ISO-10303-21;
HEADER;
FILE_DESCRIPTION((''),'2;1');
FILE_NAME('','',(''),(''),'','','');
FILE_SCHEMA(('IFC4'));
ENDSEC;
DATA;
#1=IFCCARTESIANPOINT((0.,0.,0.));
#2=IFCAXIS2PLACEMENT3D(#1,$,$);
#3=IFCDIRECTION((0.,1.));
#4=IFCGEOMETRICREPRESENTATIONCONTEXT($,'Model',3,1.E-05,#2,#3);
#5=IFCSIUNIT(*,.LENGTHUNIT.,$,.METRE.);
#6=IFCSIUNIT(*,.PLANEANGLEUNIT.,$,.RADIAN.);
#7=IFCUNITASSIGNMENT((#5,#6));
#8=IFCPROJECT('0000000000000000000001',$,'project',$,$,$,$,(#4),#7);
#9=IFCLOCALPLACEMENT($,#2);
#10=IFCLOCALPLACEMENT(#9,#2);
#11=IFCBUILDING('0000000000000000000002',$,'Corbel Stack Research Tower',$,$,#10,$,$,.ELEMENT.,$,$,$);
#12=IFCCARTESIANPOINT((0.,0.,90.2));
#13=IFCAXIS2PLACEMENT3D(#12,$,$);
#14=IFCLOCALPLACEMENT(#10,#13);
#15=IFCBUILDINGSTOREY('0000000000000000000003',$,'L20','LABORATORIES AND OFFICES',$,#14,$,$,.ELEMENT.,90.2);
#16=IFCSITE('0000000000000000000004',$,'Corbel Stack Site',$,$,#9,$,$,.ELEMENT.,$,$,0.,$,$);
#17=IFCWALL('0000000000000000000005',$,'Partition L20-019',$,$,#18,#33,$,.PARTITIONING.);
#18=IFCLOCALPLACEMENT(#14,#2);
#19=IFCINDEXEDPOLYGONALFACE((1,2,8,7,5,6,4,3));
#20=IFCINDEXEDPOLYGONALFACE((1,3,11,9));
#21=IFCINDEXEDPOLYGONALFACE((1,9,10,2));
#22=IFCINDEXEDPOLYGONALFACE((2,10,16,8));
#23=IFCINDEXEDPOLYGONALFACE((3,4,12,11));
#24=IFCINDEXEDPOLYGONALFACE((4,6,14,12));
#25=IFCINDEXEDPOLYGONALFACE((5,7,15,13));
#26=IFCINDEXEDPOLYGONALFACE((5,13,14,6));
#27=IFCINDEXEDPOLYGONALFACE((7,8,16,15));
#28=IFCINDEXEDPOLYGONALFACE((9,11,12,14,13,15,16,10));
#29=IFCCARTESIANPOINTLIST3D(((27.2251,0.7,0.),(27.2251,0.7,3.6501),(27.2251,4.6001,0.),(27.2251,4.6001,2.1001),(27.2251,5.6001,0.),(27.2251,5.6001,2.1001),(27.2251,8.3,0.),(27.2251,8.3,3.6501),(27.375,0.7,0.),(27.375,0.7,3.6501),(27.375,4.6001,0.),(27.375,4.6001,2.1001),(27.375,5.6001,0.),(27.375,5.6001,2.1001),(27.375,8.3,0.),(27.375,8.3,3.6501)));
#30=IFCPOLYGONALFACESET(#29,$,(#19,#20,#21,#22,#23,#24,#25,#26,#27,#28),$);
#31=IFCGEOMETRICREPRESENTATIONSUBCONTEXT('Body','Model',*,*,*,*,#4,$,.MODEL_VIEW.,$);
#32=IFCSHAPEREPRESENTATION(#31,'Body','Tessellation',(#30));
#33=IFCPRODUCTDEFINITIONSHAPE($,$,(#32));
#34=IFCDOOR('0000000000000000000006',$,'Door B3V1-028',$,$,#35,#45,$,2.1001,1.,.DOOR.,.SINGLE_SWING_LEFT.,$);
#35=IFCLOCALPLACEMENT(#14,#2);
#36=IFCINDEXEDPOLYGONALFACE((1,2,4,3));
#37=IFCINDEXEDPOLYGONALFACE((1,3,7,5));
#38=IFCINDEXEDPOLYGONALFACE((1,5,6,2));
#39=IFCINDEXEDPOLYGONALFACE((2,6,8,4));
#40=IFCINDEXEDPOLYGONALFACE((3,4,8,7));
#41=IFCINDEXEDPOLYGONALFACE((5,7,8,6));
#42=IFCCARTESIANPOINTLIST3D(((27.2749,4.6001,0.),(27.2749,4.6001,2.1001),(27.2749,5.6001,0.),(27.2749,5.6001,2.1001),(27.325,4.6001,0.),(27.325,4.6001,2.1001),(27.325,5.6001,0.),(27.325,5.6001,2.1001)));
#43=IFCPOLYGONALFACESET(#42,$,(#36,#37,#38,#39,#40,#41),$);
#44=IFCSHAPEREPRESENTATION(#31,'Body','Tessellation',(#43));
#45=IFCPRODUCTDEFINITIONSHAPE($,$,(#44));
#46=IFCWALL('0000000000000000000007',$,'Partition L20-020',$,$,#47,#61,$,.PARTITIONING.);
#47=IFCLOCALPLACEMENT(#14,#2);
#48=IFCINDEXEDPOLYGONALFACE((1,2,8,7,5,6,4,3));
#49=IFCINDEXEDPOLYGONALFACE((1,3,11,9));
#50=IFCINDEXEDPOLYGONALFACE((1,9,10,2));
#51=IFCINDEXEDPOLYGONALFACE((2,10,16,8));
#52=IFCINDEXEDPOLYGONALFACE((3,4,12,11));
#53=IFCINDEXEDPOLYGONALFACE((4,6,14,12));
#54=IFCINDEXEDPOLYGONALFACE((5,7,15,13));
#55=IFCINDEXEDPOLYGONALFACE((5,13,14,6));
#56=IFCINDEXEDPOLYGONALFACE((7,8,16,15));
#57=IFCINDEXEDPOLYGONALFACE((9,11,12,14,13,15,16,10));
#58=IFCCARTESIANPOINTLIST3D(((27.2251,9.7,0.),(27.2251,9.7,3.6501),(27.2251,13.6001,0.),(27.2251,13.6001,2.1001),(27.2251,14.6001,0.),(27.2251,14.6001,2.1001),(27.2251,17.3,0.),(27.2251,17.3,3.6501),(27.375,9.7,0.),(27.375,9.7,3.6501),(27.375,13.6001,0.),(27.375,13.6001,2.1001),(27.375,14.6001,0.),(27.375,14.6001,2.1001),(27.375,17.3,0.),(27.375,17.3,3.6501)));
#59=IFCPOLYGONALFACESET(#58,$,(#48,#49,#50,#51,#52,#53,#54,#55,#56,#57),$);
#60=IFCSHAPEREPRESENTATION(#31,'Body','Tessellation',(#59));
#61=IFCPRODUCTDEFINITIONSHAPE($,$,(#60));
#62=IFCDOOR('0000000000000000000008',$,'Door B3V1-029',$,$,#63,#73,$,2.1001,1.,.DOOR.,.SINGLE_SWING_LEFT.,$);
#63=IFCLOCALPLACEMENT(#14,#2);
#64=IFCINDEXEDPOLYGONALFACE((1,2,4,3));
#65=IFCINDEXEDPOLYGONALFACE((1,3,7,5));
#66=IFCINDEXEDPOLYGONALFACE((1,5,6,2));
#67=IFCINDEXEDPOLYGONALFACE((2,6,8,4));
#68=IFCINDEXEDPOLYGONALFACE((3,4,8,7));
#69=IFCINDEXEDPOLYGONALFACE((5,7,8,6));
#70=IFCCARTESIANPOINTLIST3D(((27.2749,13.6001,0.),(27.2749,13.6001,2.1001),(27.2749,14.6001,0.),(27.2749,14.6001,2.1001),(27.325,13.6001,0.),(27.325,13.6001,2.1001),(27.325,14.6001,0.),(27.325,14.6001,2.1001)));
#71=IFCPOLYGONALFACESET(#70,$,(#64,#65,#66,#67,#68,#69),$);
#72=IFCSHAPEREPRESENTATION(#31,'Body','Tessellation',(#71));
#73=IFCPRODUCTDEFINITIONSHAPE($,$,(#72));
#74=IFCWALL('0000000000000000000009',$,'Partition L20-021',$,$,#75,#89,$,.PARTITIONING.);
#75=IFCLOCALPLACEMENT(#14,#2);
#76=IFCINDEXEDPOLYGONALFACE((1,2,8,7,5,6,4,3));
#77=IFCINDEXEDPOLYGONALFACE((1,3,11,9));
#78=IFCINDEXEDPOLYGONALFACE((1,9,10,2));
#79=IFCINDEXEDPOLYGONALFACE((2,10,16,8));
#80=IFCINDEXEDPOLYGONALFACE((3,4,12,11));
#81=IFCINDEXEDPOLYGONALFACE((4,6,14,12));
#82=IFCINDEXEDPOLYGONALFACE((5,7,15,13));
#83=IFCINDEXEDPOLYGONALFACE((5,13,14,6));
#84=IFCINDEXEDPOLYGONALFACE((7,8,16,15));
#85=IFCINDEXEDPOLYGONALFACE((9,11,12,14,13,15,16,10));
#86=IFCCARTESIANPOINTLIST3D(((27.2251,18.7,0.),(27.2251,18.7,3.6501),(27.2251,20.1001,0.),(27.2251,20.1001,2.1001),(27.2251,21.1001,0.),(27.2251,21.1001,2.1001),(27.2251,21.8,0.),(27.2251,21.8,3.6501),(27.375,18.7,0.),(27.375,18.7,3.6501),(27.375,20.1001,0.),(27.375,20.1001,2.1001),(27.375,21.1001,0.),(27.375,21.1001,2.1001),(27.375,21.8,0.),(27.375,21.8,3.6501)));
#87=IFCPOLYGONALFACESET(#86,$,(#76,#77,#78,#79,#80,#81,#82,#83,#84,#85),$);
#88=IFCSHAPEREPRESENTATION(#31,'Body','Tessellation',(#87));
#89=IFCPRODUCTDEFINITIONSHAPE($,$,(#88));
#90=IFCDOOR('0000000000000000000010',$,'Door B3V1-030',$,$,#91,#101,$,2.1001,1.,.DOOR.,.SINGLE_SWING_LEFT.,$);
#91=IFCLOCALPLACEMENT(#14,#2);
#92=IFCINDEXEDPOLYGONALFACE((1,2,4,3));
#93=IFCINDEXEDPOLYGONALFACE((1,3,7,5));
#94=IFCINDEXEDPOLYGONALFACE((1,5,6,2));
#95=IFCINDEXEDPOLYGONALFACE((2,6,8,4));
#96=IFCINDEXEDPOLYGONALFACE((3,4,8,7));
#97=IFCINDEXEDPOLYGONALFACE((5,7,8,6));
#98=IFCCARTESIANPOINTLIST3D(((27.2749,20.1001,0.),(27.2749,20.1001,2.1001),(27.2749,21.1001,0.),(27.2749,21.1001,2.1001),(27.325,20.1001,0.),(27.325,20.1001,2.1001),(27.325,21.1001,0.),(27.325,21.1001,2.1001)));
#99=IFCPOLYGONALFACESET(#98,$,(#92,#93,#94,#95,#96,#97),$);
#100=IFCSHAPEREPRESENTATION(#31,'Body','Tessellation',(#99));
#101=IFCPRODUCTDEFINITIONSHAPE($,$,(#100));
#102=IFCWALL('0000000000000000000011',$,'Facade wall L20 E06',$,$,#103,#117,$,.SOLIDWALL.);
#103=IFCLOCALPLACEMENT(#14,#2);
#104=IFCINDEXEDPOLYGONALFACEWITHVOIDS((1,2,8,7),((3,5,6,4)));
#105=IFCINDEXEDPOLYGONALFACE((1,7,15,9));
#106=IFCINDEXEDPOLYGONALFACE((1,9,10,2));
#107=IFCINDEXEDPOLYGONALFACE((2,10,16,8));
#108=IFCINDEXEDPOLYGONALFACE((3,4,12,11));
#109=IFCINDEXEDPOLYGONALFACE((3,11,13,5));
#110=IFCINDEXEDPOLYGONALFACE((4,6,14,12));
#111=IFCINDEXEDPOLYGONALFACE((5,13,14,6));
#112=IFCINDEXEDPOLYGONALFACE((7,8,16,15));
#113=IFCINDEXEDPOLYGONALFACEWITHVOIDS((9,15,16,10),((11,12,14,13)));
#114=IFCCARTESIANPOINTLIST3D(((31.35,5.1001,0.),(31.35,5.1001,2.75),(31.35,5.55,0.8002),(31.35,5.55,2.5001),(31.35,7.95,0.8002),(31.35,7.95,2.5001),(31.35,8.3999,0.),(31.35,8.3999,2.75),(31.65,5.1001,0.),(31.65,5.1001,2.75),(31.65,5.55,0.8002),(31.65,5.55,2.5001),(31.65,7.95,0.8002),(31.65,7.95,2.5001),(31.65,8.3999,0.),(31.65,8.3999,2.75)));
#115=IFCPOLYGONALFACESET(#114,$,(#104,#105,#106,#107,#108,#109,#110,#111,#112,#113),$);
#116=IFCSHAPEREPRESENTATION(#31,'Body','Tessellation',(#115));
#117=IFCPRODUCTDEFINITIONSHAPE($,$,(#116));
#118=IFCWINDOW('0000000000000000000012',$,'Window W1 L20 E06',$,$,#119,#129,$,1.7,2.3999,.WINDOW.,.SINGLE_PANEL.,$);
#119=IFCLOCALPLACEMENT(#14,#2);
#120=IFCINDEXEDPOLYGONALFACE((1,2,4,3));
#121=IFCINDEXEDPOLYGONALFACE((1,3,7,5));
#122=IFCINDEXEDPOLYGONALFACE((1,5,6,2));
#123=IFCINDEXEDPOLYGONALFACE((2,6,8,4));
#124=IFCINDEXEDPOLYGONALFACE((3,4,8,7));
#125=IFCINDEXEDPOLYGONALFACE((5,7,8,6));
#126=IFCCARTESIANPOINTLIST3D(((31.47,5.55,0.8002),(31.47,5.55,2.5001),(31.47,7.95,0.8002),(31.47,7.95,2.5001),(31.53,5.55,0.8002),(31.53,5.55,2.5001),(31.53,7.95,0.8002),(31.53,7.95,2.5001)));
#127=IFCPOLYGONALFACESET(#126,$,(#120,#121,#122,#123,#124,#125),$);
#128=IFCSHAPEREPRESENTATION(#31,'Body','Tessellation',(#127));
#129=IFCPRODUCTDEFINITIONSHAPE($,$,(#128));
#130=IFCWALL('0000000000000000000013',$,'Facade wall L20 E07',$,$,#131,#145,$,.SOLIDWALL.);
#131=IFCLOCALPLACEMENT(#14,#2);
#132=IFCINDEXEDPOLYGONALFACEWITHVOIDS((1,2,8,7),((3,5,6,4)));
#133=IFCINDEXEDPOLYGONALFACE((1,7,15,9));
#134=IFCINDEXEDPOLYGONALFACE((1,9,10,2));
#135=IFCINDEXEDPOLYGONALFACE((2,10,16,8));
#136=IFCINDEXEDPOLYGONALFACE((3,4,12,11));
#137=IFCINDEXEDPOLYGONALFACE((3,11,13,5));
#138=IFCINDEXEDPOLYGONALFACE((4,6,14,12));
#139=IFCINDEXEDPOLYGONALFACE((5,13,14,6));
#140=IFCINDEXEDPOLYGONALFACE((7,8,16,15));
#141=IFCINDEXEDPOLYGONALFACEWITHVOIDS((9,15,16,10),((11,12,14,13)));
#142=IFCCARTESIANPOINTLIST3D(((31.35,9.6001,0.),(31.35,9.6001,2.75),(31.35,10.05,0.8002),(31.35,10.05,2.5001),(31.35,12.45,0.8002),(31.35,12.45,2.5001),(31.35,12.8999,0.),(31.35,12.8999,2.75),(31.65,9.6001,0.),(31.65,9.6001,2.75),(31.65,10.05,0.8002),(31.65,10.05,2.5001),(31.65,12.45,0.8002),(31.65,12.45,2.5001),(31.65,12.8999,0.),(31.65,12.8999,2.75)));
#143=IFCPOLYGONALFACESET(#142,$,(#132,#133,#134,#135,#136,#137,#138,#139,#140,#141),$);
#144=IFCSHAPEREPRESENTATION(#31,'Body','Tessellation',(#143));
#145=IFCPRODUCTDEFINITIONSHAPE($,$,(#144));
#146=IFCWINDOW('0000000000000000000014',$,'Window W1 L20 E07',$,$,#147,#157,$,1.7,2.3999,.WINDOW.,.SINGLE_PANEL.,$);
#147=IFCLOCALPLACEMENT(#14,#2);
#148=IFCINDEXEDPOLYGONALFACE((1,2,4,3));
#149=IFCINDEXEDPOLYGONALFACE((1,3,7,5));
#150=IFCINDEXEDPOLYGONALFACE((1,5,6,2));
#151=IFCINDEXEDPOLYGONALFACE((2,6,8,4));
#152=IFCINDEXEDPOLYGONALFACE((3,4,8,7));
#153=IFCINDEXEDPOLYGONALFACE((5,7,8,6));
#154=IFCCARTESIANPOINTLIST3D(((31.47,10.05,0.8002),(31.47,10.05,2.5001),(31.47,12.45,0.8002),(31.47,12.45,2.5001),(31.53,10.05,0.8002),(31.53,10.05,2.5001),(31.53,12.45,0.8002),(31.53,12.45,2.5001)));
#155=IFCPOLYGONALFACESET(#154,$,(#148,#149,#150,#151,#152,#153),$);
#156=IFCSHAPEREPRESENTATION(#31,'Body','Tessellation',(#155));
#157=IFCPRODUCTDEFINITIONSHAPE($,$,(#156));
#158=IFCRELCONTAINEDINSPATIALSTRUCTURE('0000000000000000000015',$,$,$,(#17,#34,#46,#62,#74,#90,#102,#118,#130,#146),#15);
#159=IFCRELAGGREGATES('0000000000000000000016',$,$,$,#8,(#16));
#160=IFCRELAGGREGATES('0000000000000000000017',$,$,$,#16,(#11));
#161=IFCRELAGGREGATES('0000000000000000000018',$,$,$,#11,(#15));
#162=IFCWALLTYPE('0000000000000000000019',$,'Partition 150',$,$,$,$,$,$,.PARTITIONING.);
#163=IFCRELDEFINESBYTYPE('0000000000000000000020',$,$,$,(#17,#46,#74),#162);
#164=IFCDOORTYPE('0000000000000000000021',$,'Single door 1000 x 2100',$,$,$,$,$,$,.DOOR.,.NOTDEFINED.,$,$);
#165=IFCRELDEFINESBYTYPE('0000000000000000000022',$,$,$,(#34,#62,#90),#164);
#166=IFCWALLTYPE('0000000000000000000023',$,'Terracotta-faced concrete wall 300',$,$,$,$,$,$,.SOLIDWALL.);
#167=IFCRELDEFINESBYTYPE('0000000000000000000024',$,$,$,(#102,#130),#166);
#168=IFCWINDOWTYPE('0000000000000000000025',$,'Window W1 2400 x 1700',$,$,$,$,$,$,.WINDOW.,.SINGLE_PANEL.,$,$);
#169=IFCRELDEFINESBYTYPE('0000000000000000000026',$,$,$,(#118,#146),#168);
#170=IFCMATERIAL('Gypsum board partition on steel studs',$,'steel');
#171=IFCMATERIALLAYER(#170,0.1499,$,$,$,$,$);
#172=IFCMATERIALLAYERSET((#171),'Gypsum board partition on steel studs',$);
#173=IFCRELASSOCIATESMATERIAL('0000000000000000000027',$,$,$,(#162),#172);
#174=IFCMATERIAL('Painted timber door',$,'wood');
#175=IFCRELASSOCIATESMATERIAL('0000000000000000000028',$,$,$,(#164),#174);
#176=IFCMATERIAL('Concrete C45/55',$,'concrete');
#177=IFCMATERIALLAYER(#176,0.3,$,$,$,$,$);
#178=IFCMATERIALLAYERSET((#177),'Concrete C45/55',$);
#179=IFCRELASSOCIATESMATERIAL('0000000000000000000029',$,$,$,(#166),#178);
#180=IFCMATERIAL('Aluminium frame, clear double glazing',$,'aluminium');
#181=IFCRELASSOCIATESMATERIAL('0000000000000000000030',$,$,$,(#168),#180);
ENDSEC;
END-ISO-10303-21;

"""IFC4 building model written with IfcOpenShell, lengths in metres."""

from ifc_helpers import new_model, si_unit, direction, frame, frame_2d, origin, place, context, subcontext, project, spatial, rectangle, extrude, material, layer, layer_set, type_object, element, fill, save


model = new_model("IFC4")

# Units and contexts
model_context = context("Model", 3, precision=1e-05, world=origin(), true_north=direction((0.0, 1.0)))
body_context = subcontext(model_context, "Body", "Model", "MODEL_VIEW")
ifc_project = project(units=[si_unit("LENGTHUNIT", "METRE"), si_unit("PLANEANGLEUNIT", "RADIAN")], contexts=[model_context])

# Site, building, storey
site_placement = place(None, origin())
site = spatial("IfcSite", under=ifc_project, at=site_placement, Name="Corbel Stack Site", CompositionType="ELEMENT", RefElevation=0.0)
building_placement = place(site_placement, origin())
building = spatial("IfcBuilding", under=site, at=building_placement, Name="Corbel Stack Research Tower", CompositionType="ELEMENT")
storey_placement = place(building_placement, frame((0.0, 0.0, 90.2)))
storey = spatial("IfcBuildingStorey", under=building, at=storey_placement, Name="L20", Description="LABORATORIES AND OFFICES", CompositionType="ELEMENT", Elevation=90.2)

# Walls, openings, doors
ifc_material_1 = material(Name="Gypsum board partition on steel studs", Category="steel")
ifc_layer_1 = layer(ifc_material_1, 0.1499)
ifc_layer_set_1 = layer_set([ifc_layer_1], Name="Gypsum board partition on steel studs")
wall_type_1 = type_object("IfcWallType", Name="Partition 150", PredefinedType="PARTITIONING", material=ifc_layer_set_1)
wall_1_placement = place(storey_placement, frame((27.3, 8.3, 0.0), z_axis=(0.0, 0.0, 1.0), x_axis=(0.0, -1.0, 0.0)))
wall_1 = element("IfcWall", 1, at=wall_1_placement, inside=storey, type_object=wall_type_1, Name="Partition L20-019", PredefinedType="PARTITIONING", context=body_context, shape_type="SweptSolid", body=[
    extrude(rectangle(XDim=7.6001, YDim=0.1499, at=frame_2d((3.8, 0.0))), origin(), (0.0, 0.0, 1.0), 3.6501),
])
opening_1_placement = place(wall_1_placement, frame((2.7, 0.0, 0.0)))
opening_1 = element("IfcOpeningElement", 2, at=opening_1_placement, cuts=wall_1, PredefinedType="OPENING", context=body_context, shape_type="SweptSolid", body=[
    extrude(rectangle(XDim=1.0, YDim=2.1001, at=frame_2d((0.5, 1.05))), frame((0.0, 0.085, 0.0), z_axis=(0.0, -1.0, 0.0), x_axis=(1.0, 0.0, 0.0)), (0.0, 0.0, 1.0), 0.1699),
])
ifc_material_2 = material(Name="Painted timber door", Category="wood")
door_type_1 = type_object("IfcDoorType", Name="Single door 1000 x 2100", OperationType="NOTDEFINED", PredefinedType="DOOR", material=ifc_material_2)
door_1_placement = place(opening_1_placement, origin())
door_1 = element("IfcDoor", 3, at=door_1_placement, inside=storey, type_object=door_type_1, Name="Door B3V1-028", OperationType="SINGLE_SWING_LEFT", OverallHeight=2.1001, OverallWidth=1.0, PredefinedType="DOOR", context=body_context, shape_type="SweptSolid", body=[
    extrude(rectangle(XDim=1.0, YDim=2.1001, at=frame_2d((0.5, 1.05))), frame((0.0, 0.0249, 0.0), z_axis=(0.0, -1.0, 0.0), x_axis=(1.0, 0.0, 0.0)), (0.0, 0.0, 1.0), 0.05),
])
fill(opening_1, door_1)
wall_2_placement = place(storey_placement, frame((27.3, 17.3, 0.0), z_axis=(0.0, 0.0, 1.0), x_axis=(0.0, -1.0, 0.0)))
wall_2 = element("IfcWall", 4, at=wall_2_placement, inside=storey, type_object=wall_type_1, Name="Partition L20-020", PredefinedType="PARTITIONING", context=body_context, shape_type="SweptSolid", body=[
    extrude(rectangle(XDim=7.6001, YDim=0.1499, at=frame_2d((3.8, 0.0))), origin(), (0.0, 0.0, 1.0), 3.6501),
])
opening_2_placement = place(wall_2_placement, frame((2.7, 0.0, 0.0)))
opening_2 = element("IfcOpeningElement", 5, at=opening_2_placement, cuts=wall_2, PredefinedType="OPENING", context=body_context, shape_type="SweptSolid", body=[
    extrude(rectangle(XDim=1.0, YDim=2.1001, at=frame_2d((0.5, 1.05))), frame((0.0, 0.085, 0.0), z_axis=(0.0, -1.0, 0.0), x_axis=(1.0, 0.0, 0.0)), (0.0, 0.0, 1.0), 0.1699),
])
door_2_placement = place(opening_2_placement, origin())
door_2 = element("IfcDoor", 6, at=door_2_placement, inside=storey, type_object=door_type_1, Name="Door B3V1-029", OperationType="SINGLE_SWING_LEFT", OverallHeight=2.1001, OverallWidth=1.0, PredefinedType="DOOR", context=body_context, shape_type="SweptSolid", body=[
    extrude(rectangle(XDim=1.0, YDim=2.1001, at=frame_2d((0.5, 1.05))), frame((0.0, 0.0249, 0.0), z_axis=(0.0, -1.0, 0.0), x_axis=(1.0, 0.0, 0.0)), (0.0, 0.0, 1.0), 0.05),
])
fill(opening_2, door_2)
wall_3_placement = place(storey_placement, frame((27.3, 21.8, 0.0), z_axis=(0.0, 0.0, 1.0), x_axis=(0.0, -1.0, 0.0)))
wall_3 = element("IfcWall", 7, at=wall_3_placement, inside=storey, type_object=wall_type_1, Name="Partition L20-021", PredefinedType="PARTITIONING", context=body_context, shape_type="SweptSolid", body=[
    extrude(rectangle(XDim=3.1001, YDim=0.1499, at=frame_2d((1.55, 0.0))), origin(), (0.0, 0.0, 1.0), 3.6501),
])
opening_3_placement = place(wall_3_placement, frame((0.7, 0.0, 0.0)))
opening_3 = element("IfcOpeningElement", 8, at=opening_3_placement, cuts=wall_3, PredefinedType="OPENING", context=body_context, shape_type="SweptSolid", body=[
    extrude(rectangle(XDim=1.0, YDim=2.1001, at=frame_2d((0.5, 1.05))), frame((0.0, 0.085, 0.0), z_axis=(0.0, -1.0, 0.0), x_axis=(1.0, 0.0, 0.0)), (0.0, 0.0, 1.0), 0.1699),
])
door_3_placement = place(opening_3_placement, origin())
door_3 = element("IfcDoor", 9, at=door_3_placement, inside=storey, type_object=door_type_1, Name="Door B3V1-030", OperationType="SINGLE_SWING_LEFT", OverallHeight=2.1001, OverallWidth=1.0, PredefinedType="DOOR", context=body_context, shape_type="SweptSolid", body=[
    extrude(rectangle(XDim=1.0, YDim=2.1001, at=frame_2d((0.5, 1.05))), frame((0.0, 0.0249, 0.0), z_axis=(0.0, -1.0, 0.0), x_axis=(1.0, 0.0, 0.0)), (0.0, 0.0, 1.0), 0.05),
])
fill(opening_3, door_3)

# Walls, openings, windows
ifc_material_3 = material(Name="Concrete C45/55", Category="concrete")
ifc_layer_2 = layer(ifc_material_3, 0.3)
ifc_layer_set_2 = layer_set([ifc_layer_2], Name="Concrete C45/55")
wall_type_2 = type_object("IfcWallType", Name="Terracotta-faced concrete wall 300", PredefinedType="SOLIDWALL", material=ifc_layer_set_2)
wall_4_placement = place(storey_placement, frame((31.5, 8.3999, 0.0), z_axis=(0.0, 0.0, 1.0), x_axis=(0.0, -1.0, 0.0)))
wall_4 = element("IfcWall", 10, at=wall_4_placement, inside=storey, type_object=wall_type_2, Name="Facade wall L20 E06", PredefinedType="SOLIDWALL", context=body_context, shape_type="SweptSolid", body=[
    extrude(rectangle(XDim=3.2998, YDim=0.3, at=frame_2d((1.6499, 0.0))), origin(), (0.0, 0.0, 1.0), 2.75),
])
opening_4_placement = place(wall_4_placement, frame((0.45, 0.0, 0.8)))
opening_4 = element("IfcOpeningElement", 11, at=opening_4_placement, cuts=wall_4, PredefinedType="OPENING", context=body_context, shape_type="SweptSolid", body=[
    extrude(rectangle(XDim=2.3999, YDim=1.7, at=frame_2d((1.2, 0.8501))), frame((0.0, 0.1599, 0.0), z_axis=(0.0, -1.0, 0.0), x_axis=(1.0, 0.0, 0.0)), (0.0, 0.0, 1.0), 0.3201),
])
ifc_material_4 = material(Name="Aluminium frame, clear double glazing", Category="aluminium")
window_type = type_object("IfcWindowType", Name="Window W1 2400 x 1700", PartitioningType="SINGLE_PANEL", PredefinedType="WINDOW", material=ifc_material_4)
window_1_placement = place(opening_4_placement, origin())
window_1 = element("IfcWindow", 12, at=window_1_placement, inside=storey, type_object=window_type, Name="Window W1 L20 E06", OverallHeight=1.7, OverallWidth=2.3999, PartitioningType="SINGLE_PANEL", PredefinedType="WINDOW", context=body_context, shape_type="SweptSolid", body=[
    extrude(rectangle(XDim=2.3999, YDim=1.7, at=frame_2d((1.2, 0.8501))), frame((0.0, 0.03, 0.0), z_axis=(0.0, -1.0, 0.0), x_axis=(1.0, 0.0, 0.0)), (0.0, 0.0, 1.0), 0.0601),
])
fill(opening_4, window_1)
wall_5_placement = place(storey_placement, frame((31.5, 12.8999, 0.0), z_axis=(0.0, 0.0, 1.0), x_axis=(0.0, -1.0, 0.0)))
wall_5 = element("IfcWall", 13, at=wall_5_placement, inside=storey, type_object=wall_type_2, Name="Facade wall L20 E07", PredefinedType="SOLIDWALL", context=body_context, shape_type="SweptSolid", body=[
    extrude(rectangle(XDim=3.2998, YDim=0.3, at=frame_2d((1.6499, 0.0))), origin(), (0.0, 0.0, 1.0), 2.75),
])
opening_5_placement = place(wall_5_placement, frame((0.45, 0.0, 0.8)))
opening_5 = element("IfcOpeningElement", 14, at=opening_5_placement, cuts=wall_5, PredefinedType="OPENING", context=body_context, shape_type="SweptSolid", body=[
    extrude(rectangle(XDim=2.3999, YDim=1.7, at=frame_2d((1.2, 0.8501))), frame((0.0, 0.1599, 0.0), z_axis=(0.0, -1.0, 0.0), x_axis=(1.0, 0.0, 0.0)), (0.0, 0.0, 1.0), 0.3201),
])
window_2_placement = place(opening_5_placement, origin())
window_2 = element("IfcWindow", 15, at=window_2_placement, inside=storey, type_object=window_type, Name="Window W1 L20 E07", OverallHeight=1.7, OverallWidth=2.3999, PartitioningType="SINGLE_PANEL", PredefinedType="WINDOW", context=body_context, shape_type="SweptSolid", body=[
    extrude(rectangle(XDim=2.3999, YDim=1.7, at=frame_2d((1.2, 0.8501))), frame((0.0, 0.03, 0.0), z_axis=(0.0, -1.0, 0.0), x_axis=(1.0, 0.0, 0.0)), (0.0, 0.0, 1.0), 0.0601),
])
fill(opening_5, window_2)

save(model, "model.ifc")
